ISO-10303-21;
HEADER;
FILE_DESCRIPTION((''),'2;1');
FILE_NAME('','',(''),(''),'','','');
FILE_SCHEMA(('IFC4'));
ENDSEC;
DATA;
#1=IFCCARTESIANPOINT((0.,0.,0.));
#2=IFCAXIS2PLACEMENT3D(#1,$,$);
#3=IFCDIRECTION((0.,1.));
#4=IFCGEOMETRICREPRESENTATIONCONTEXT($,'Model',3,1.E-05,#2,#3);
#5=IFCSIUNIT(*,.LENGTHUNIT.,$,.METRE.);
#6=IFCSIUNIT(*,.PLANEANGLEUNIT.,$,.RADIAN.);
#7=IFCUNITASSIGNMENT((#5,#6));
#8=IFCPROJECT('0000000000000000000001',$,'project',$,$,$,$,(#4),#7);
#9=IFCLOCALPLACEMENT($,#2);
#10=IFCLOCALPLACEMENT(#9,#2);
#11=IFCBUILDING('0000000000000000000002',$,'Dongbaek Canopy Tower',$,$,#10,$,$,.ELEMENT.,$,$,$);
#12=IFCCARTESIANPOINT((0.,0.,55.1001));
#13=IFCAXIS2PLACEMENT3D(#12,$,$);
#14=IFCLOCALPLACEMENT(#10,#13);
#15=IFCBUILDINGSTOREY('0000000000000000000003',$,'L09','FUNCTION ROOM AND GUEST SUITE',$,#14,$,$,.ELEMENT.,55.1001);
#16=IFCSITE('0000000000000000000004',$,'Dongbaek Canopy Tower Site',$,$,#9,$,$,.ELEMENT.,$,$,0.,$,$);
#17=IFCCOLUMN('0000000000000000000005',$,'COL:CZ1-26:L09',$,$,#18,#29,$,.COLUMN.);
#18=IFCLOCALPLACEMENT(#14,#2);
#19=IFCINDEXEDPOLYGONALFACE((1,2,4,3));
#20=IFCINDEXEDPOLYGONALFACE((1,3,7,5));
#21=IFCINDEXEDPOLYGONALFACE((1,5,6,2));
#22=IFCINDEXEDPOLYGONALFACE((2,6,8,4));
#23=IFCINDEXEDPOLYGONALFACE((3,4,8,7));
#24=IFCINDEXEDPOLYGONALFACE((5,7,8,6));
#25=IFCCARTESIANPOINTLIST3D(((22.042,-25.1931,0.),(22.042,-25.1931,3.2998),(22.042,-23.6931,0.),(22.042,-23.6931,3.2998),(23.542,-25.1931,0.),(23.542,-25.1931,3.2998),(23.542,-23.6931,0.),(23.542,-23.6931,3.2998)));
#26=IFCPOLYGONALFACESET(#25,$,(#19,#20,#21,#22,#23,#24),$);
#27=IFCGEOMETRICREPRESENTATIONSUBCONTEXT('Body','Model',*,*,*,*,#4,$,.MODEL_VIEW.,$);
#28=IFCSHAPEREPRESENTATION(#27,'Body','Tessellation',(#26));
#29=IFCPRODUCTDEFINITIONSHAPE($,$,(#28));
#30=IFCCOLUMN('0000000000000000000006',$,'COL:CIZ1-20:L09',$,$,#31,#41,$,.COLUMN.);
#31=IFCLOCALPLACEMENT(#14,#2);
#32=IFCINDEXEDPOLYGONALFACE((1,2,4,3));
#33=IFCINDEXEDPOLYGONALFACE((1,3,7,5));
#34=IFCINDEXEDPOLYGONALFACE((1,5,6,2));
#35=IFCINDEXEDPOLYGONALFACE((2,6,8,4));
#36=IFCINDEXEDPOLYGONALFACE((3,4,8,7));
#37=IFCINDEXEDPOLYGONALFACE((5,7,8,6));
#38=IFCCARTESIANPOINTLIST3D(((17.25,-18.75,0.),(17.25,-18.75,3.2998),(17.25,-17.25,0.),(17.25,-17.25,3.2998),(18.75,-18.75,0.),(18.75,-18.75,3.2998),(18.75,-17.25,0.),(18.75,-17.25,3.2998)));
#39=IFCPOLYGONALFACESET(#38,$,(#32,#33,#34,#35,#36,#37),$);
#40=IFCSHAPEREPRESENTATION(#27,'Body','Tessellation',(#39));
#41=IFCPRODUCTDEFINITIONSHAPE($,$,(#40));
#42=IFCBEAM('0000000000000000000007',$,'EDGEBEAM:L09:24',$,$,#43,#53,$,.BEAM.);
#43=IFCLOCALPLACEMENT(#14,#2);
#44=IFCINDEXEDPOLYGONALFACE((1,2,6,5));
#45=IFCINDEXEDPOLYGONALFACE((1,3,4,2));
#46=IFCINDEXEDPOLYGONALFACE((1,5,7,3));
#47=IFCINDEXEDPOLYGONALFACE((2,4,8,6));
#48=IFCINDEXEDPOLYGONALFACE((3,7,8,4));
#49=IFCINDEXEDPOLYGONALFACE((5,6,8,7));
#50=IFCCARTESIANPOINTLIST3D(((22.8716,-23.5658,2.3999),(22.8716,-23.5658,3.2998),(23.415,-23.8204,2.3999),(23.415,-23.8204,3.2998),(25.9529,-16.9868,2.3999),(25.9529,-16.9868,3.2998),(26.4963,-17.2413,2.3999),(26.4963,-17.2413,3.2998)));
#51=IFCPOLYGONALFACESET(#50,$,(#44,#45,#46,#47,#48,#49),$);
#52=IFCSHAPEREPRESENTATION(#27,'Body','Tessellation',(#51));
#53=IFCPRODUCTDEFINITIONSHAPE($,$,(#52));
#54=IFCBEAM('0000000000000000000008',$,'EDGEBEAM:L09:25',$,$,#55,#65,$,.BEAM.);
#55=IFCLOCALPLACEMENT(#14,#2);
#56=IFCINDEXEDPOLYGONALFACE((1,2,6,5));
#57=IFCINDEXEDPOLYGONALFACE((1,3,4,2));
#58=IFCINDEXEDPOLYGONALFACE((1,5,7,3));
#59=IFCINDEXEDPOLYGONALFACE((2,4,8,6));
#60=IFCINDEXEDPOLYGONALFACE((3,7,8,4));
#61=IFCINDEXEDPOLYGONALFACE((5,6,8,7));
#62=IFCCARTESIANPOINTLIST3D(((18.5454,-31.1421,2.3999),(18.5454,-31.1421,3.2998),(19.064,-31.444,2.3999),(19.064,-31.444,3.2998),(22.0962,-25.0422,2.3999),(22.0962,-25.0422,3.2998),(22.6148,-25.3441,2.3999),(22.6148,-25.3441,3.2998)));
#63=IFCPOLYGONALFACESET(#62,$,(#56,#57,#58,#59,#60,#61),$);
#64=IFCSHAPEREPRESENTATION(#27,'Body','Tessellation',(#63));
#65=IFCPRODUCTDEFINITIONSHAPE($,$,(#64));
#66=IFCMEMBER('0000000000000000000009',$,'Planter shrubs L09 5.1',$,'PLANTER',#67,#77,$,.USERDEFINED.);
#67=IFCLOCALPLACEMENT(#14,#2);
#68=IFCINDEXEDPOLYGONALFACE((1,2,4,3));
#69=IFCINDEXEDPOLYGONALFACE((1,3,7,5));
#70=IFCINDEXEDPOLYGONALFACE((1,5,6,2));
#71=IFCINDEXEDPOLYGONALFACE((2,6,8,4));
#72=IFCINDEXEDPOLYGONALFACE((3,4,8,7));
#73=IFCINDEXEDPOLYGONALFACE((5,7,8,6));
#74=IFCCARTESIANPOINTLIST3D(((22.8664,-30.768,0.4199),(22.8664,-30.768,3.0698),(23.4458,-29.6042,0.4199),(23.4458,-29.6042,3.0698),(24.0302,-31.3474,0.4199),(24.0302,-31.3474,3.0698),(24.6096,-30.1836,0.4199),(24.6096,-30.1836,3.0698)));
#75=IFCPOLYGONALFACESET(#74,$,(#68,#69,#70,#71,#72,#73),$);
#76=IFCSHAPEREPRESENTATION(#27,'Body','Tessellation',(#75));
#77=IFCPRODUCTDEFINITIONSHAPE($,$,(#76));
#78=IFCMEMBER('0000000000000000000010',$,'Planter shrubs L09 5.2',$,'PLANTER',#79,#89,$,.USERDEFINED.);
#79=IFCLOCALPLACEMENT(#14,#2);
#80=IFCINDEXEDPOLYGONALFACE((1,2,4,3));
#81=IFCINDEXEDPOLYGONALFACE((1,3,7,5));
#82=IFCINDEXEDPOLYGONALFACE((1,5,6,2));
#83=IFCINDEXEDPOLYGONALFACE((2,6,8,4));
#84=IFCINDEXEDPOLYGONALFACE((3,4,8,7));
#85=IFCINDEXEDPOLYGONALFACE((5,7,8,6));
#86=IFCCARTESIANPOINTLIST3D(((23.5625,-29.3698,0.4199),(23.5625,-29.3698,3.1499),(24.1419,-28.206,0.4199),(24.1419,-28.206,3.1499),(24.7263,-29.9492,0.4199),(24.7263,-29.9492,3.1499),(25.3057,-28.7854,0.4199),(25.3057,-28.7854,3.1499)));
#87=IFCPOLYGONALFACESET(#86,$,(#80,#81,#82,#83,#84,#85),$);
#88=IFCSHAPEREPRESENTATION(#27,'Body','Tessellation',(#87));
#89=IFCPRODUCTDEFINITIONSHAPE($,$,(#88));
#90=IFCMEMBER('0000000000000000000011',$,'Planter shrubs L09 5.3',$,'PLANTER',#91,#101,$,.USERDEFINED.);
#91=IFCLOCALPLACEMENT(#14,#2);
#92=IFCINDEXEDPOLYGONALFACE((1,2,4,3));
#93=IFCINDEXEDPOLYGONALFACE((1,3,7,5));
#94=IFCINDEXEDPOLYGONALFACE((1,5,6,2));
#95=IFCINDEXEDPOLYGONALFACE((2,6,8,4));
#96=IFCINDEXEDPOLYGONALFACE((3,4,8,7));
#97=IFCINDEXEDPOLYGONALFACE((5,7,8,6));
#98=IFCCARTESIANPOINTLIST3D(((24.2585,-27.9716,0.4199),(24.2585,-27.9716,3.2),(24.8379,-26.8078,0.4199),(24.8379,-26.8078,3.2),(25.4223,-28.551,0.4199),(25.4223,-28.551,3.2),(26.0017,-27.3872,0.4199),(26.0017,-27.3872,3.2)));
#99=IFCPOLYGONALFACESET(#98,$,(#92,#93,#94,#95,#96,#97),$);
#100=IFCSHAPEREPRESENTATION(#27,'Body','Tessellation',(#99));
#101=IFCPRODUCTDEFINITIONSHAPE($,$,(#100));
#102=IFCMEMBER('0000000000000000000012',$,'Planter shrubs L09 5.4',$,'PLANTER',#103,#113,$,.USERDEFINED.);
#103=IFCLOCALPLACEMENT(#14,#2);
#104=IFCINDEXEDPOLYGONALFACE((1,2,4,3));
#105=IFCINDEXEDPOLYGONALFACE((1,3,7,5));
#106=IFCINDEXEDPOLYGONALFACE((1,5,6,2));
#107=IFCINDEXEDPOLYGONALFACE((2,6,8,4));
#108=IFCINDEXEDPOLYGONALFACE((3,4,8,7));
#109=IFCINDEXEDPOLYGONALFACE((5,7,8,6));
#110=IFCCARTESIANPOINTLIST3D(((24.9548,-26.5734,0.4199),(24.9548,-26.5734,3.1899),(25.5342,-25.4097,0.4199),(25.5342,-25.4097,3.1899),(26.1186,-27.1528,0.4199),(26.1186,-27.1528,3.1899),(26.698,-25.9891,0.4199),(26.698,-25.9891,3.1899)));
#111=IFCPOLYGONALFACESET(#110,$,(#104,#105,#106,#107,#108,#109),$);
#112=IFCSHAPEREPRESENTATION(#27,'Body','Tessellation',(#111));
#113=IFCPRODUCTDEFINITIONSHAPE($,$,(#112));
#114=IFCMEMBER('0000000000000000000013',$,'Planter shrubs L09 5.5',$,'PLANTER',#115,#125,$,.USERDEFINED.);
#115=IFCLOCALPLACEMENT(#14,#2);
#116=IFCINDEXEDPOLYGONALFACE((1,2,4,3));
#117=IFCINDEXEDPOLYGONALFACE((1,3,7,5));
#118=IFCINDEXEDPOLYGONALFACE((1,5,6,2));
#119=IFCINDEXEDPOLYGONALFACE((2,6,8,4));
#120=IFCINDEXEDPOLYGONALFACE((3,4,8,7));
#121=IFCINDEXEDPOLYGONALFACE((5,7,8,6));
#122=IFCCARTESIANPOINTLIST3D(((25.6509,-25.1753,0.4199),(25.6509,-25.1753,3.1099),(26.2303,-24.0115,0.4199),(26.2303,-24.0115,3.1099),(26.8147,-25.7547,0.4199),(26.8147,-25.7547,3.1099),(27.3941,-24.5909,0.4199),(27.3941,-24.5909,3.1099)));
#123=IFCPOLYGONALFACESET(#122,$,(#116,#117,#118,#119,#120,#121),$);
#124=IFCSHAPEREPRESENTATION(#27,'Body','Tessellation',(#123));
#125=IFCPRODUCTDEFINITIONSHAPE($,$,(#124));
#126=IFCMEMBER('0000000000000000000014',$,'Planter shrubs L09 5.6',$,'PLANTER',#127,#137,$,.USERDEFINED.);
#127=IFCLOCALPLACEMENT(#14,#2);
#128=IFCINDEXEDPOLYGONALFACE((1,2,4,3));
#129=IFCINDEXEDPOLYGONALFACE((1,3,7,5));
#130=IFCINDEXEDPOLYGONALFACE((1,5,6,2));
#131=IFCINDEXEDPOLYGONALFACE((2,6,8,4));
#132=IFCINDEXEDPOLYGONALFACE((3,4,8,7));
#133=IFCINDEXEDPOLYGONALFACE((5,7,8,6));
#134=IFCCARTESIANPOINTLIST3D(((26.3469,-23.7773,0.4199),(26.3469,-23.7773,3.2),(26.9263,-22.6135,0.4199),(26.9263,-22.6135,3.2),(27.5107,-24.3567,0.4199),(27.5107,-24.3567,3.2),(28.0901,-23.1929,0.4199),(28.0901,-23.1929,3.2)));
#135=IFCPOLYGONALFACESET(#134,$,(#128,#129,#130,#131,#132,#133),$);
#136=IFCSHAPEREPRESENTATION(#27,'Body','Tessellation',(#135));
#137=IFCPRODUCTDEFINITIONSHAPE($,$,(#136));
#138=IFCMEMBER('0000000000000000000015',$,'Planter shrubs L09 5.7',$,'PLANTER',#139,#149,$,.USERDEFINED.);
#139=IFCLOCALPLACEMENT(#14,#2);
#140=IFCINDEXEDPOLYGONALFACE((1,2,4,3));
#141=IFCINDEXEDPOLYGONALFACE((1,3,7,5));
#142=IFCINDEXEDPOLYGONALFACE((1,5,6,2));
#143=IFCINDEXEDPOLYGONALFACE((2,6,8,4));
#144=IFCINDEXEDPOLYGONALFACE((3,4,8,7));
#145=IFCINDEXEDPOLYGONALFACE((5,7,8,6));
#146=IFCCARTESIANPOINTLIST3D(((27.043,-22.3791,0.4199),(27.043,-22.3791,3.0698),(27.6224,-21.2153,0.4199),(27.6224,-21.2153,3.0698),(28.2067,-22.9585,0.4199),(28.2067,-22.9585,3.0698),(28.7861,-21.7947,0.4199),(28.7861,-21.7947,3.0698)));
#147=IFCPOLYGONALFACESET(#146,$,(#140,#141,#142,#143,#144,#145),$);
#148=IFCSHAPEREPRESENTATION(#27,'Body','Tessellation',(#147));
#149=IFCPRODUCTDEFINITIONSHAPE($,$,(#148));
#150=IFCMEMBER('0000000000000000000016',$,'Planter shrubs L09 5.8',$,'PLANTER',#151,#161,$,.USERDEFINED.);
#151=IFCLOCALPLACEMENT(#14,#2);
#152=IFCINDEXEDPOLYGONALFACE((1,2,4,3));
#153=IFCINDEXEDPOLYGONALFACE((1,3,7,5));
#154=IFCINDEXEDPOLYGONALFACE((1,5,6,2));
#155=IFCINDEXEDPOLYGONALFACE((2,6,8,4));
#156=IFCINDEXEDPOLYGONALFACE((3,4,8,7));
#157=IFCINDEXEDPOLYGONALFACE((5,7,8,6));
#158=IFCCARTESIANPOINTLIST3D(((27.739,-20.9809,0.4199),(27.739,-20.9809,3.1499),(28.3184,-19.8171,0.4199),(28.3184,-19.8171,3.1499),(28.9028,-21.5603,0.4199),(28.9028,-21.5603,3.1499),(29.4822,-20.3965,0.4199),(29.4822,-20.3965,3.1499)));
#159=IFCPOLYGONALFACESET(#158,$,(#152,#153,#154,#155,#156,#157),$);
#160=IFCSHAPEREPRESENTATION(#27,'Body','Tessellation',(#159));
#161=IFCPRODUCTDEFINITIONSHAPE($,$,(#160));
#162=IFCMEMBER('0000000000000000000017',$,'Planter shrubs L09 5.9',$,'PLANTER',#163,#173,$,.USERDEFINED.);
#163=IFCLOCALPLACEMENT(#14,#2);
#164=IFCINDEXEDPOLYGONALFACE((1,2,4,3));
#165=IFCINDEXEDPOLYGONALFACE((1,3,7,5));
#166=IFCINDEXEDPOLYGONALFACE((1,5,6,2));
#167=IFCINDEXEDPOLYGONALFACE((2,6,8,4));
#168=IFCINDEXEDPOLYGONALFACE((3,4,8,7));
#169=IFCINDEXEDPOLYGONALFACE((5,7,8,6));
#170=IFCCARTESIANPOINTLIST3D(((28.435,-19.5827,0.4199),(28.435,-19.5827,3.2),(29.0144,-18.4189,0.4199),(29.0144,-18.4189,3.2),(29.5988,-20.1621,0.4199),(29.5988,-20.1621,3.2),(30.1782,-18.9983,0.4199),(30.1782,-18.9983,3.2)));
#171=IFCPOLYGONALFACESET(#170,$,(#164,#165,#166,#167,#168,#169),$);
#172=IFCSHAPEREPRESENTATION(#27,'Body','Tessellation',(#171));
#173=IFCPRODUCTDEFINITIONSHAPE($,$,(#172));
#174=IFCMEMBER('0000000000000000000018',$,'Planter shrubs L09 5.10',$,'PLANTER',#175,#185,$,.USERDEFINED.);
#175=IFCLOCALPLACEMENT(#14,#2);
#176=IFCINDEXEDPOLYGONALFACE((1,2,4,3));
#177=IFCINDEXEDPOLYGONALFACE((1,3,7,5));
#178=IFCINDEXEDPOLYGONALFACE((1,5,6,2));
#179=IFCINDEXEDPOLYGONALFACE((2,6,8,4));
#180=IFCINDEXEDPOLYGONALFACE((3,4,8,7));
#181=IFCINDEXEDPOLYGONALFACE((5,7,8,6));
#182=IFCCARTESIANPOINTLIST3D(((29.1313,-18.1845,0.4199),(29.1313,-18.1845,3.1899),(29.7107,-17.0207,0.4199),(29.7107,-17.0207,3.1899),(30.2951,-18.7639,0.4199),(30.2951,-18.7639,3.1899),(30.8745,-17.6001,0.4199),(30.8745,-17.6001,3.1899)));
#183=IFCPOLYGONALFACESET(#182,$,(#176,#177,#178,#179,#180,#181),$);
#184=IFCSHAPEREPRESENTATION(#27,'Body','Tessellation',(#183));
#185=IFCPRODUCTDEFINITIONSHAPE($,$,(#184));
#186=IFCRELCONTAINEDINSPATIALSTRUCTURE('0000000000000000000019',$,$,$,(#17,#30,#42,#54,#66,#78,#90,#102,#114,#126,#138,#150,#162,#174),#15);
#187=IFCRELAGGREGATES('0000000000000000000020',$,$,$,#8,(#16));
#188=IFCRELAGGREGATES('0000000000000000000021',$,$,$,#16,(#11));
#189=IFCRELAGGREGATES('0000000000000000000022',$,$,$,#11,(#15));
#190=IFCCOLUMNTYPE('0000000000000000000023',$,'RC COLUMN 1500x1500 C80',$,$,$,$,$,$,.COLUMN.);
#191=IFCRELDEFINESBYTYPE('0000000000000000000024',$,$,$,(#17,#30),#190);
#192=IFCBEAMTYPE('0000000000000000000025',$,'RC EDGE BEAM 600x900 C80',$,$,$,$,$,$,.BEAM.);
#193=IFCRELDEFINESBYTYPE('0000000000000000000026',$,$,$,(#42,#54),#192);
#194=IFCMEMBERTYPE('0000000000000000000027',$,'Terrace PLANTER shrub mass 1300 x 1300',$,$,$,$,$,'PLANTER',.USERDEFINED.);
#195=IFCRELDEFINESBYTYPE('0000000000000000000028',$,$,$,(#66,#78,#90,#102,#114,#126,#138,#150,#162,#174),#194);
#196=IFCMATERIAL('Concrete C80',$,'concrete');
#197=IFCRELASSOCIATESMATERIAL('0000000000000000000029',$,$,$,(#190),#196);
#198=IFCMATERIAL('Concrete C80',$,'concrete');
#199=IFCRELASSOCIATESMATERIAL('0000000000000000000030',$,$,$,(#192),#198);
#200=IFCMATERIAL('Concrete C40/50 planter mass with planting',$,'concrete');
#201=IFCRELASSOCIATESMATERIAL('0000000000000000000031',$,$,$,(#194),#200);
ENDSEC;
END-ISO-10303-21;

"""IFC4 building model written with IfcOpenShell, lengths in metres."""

from ifc_helpers import new_model, si_unit, direction, frame, origin, origin_2d, place, context, subcontext, project, spatial, rectangle, extrude, material, material_profile, profile_set, type_object, element, save


model = new_model("IFC4")

# Units and contexts
model_context = context("Model", 3, precision=1e-05, world=origin(), true_north=direction((0.0, 1.0)))
body_context = subcontext(model_context, "Body", "Model", "MODEL_VIEW")
ifc_project = project(units=[si_unit("LENGTHUNIT", "METRE"), si_unit("PLANEANGLEUNIT", "RADIAN")], contexts=[model_context])

# Site, building, storey
site_placement = place(None, origin())
site = spatial("IfcSite", under=ifc_project, at=site_placement, Name="Dongbaek Canopy Tower Site", CompositionType="ELEMENT", RefElevation=0.0)
building_placement = place(site_placement, origin())
building = spatial("IfcBuilding", under=site, at=building_placement, Name="Dongbaek Canopy Tower", CompositionType="ELEMENT")
storey_placement = place(building_placement, frame((0.0, 0.0, 55.1001)))
storey = spatial("IfcBuildingStorey", under=building, at=storey_placement, Name="L09", Description="FUNCTION ROOM AND GUEST SUITE", CompositionType="ELEMENT", Elevation=55.1001)

# Columns
ifc_material_1 = material(Name="Concrete C80", Category="concrete")
ifc_material_profile_1 = material_profile(ifc_material_1, rectangle(XDim=1.5, YDim=1.5, at=origin_2d()), Name="RC COLUMN 1500x1500 C80")
ifc_profile_set_1 = profile_set([ifc_material_profile_1], Name="Concrete C80")
column_type = type_object("IfcColumnType", Name="RC COLUMN 1500x1500 C80", PredefinedType="COLUMN", material=ifc_profile_set_1)
for number, where, z_axis, x_axis, name in (
    (1, (22.792, -24.4431, 0.0), (0.0, 0.0, 1.0), (1.0, 0.0, 0.0), "COL:CZ1-26:L09"),
    (2, (18.0, -18.0, 0.0), (0.0, 0.0, 1.0), (1.0, 0.0, 0.0), "COL:CIZ1-20:L09"),
):
    element("IfcColumn", number, at=place(storey_placement, frame(where, z_axis=z_axis, x_axis=x_axis)), inside=storey, type_object=column_type, Name=name, PredefinedType="COLUMN", context=body_context, shape_type="SweptSolid", body=[
        extrude(rectangle(XDim=1.5, YDim=1.5, at=origin_2d()), origin(), (0.0, 0.0, 1.0), 3.2998),
    ])

# Beams
ifc_material_2 = material(Name="Concrete C80", Category="concrete")
ifc_material_profile_2 = material_profile(ifc_material_2, rectangle(XDim=0.6001, YDim=0.8999, at=origin_2d()), Name="RC EDGE BEAM 600x900 C80")
ifc_profile_set_2 = profile_set([ifc_material_profile_2], Name="Concrete C80")
beam_type = type_object("IfcBeamType", Name="RC EDGE BEAM 600x900 C80", PredefinedType="BEAM", material=ifc_profile_set_2)
beam_1_placement = place(storey_placement, frame((26.2246, -17.114, 2.8499), z_axis=(-0.424134, -0.905599, 0.0), x_axis=(0.905599, -0.424134, 0.0)))
element("IfcBeam", 3, at=beam_1_placement, inside=storey, type_object=beam_type, Name="EDGEBEAM:L09:24", PredefinedType="BEAM", context=body_context, shape_type="SweptSolid", body=[
    extrude(rectangle(XDim=0.6001, YDim=0.8999, at=origin_2d()), origin(), (0.0, 0.0, 1.0), 7.2649),
])
beam_2_placement = place(storey_placement, frame((22.3555, -25.1931, 2.8499), z_axis=(-0.503082, -0.864239, 0.0), x_axis=(0.864239, -0.503082, 0.0)))
element("IfcBeam", 4, at=beam_2_placement, inside=storey, type_object=beam_type, Name="EDGEBEAM:L09:25", PredefinedType="BEAM", context=body_context, shape_type="SweptSolid", body=[
    extrude(rectangle(XDim=0.6001, YDim=0.8999, at=origin_2d()), origin(), (0.0, 0.0, 1.0), 7.0581),
])

# Members
ifc_material_3 = material(Name="Concrete C40/50 planter mass with planting", Category="concrete")
ifc_material_profile_3 = material_profile(ifc_material_3, rectangle(XDim=1.3, YDim=1.3, at=origin_2d()), Name="Terrace PLANTER shrub mass 1300 x 1300")
ifc_profile_set_3 = profile_set([ifc_material_profile_3], Name="Concrete C40/50 planter mass with planting")
member_type = type_object("IfcMemberType", Name="Terrace PLANTER shrub mass 1300 x 1300", ElementType="PLANTER", PredefinedType="USERDEFINED", material=ifc_profile_set_3)
member_1_placement = place(storey_placement, frame((23.738, -30.4758, 0.4199), z_axis=(0.0, 0.0, 1.0), x_axis=(0.895193, -0.445678, 0.0)))
element("IfcMember", 5, at=member_1_placement, inside=storey, type_object=member_type, Name="Planter shrubs L09 5.1", ObjectType="PLANTER", PredefinedType="USERDEFINED", context=body_context, shape_type="SweptSolid", body=[
    extrude(rectangle(XDim=1.3, YDim=1.3, at=origin_2d()), origin(), (0.0, 0.0, 1.0), 2.6499),
])
member_2_placement = place(storey_placement, frame((24.4341, -29.0776, 0.4199), z_axis=(0.0, 0.0, 1.0), x_axis=(0.895193, -0.445678, 0.0)))
element("IfcMember", 6, at=member_2_placement, inside=storey, type_object=member_type, Name="Planter shrubs L09 5.2", ObjectType="PLANTER", PredefinedType="USERDEFINED", context=body_context, shape_type="SweptSolid", body=[
    extrude(rectangle(XDim=1.3, YDim=1.3, at=origin_2d()), origin(), (0.0, 0.0, 1.0), 2.73),
])
member_3_placement = place(storey_placement, frame((25.1301, -27.6794, 0.4199), z_axis=(0.0, 0.0, 1.0), x_axis=(0.895193, -0.445678, 0.0)))
element("IfcMember", 7, at=member_3_placement, inside=storey, type_object=member_type, Name="Planter shrubs L09 5.3", ObjectType="PLANTER", PredefinedType="USERDEFINED", context=body_context, shape_type="SweptSolid", body=[
    extrude(rectangle(XDim=1.3, YDim=1.3, at=origin_2d()), origin(), (0.0, 0.0, 1.0), 2.78),
])
member_4_placement = place(storey_placement, frame((25.8264, -26.2812, 0.4199), z_axis=(0.0, 0.0, 1.0), x_axis=(0.895193, -0.445678, 0.0)))
element("IfcMember", 8, at=member_4_placement, inside=storey, type_object=member_type, Name="Planter shrubs L09 5.4", ObjectType="PLANTER", PredefinedType="USERDEFINED", context=body_context, shape_type="SweptSolid", body=[
    extrude(rectangle(XDim=1.3, YDim=1.3, at=origin_2d()), origin(), (0.0, 0.0, 1.0), 2.77),
])
member_5_placement = place(storey_placement, frame((26.5225, -24.8831, 0.4199), z_axis=(0.0, 0.0, 1.0), x_axis=(0.895193, -0.445678, 0.0)))
element("IfcMember", 9, at=member_5_placement, inside=storey, type_object=member_type, Name="Planter shrubs L09 5.5", ObjectType="PLANTER", PredefinedType="USERDEFINED", context=body_context, shape_type="SweptSolid", body=[
    extrude(rectangle(XDim=1.3, YDim=1.3, at=origin_2d()), origin(), (0.0, 0.0, 1.0), 2.6899),
])
member_6_placement = place(storey_placement, frame((27.2185, -23.4851, 0.4199), z_axis=(0.0, 0.0, 1.0), x_axis=(0.895193, -0.445678, 0.0)))
element("IfcMember", 10, at=member_6_placement, inside=storey, type_object=member_type, Name="Planter shrubs L09 5.6", ObjectType="PLANTER", PredefinedType="USERDEFINED", context=body_context, shape_type="SweptSolid", body=[
    extrude(rectangle(XDim=1.3, YDim=1.3, at=origin_2d()), origin(), (0.0, 0.0, 1.0), 2.78),
])
member_7_placement = place(storey_placement, frame((27.9146, -22.0869, 0.4199), z_axis=(0.0, 0.0, 1.0), x_axis=(0.895193, -0.445678, 0.0)))
element("IfcMember", 11, at=member_7_placement, inside=storey, type_object=member_type, Name="Planter shrubs L09 5.7", ObjectType="PLANTER", PredefinedType="USERDEFINED", context=body_context, shape_type="SweptSolid", body=[
    extrude(rectangle(XDim=1.3, YDim=1.3, at=origin_2d()), origin(), (0.0, 0.0, 1.0), 2.6499),
])
member_8_placement = place(storey_placement, frame((28.6106, -20.6887, 0.4199), z_axis=(0.0, 0.0, 1.0), x_axis=(0.895193, -0.445678, 0.0)))
element("IfcMember", 12, at=member_8_placement, inside=storey, type_object=member_type, Name="Planter shrubs L09 5.8", ObjectType="PLANTER", PredefinedType="USERDEFINED", context=body_context, shape_type="SweptSolid", body=[
    extrude(rectangle(XDim=1.3, YDim=1.3, at=origin_2d()), origin(), (0.0, 0.0, 1.0), 2.73),
])
member_9_placement = place(storey_placement, frame((29.3066, -19.2905, 0.4199), z_axis=(0.0, 0.0, 1.0), x_axis=(0.895193, -0.445678, 0.0)))
element("IfcMember", 13, at=member_9_placement, inside=storey, type_object=member_type, Name="Planter shrubs L09 5.9", ObjectType="PLANTER", PredefinedType="USERDEFINED", context=body_context, shape_type="SweptSolid", body=[
    extrude(rectangle(XDim=1.3, YDim=1.3, at=origin_2d()), origin(), (0.0, 0.0, 1.0), 2.78),
])
member_10_placement = place(storey_placement, frame((30.0029, -17.8923, 0.4199), z_axis=(0.0, 0.0, 1.0), x_axis=(0.895193, -0.445678, 0.0)))
element("IfcMember", 14, at=member_10_placement, inside=storey, type_object=member_type, Name="Planter shrubs L09 5.10", ObjectType="PLANTER", PredefinedType="USERDEFINED", context=body_context, shape_type="SweptSolid", body=[
    extrude(rectangle(XDim=1.3, YDim=1.3, at=origin_2d()), origin(), (0.0, 0.0, 1.0), 2.77),
])

save(model, "model.ifc")
